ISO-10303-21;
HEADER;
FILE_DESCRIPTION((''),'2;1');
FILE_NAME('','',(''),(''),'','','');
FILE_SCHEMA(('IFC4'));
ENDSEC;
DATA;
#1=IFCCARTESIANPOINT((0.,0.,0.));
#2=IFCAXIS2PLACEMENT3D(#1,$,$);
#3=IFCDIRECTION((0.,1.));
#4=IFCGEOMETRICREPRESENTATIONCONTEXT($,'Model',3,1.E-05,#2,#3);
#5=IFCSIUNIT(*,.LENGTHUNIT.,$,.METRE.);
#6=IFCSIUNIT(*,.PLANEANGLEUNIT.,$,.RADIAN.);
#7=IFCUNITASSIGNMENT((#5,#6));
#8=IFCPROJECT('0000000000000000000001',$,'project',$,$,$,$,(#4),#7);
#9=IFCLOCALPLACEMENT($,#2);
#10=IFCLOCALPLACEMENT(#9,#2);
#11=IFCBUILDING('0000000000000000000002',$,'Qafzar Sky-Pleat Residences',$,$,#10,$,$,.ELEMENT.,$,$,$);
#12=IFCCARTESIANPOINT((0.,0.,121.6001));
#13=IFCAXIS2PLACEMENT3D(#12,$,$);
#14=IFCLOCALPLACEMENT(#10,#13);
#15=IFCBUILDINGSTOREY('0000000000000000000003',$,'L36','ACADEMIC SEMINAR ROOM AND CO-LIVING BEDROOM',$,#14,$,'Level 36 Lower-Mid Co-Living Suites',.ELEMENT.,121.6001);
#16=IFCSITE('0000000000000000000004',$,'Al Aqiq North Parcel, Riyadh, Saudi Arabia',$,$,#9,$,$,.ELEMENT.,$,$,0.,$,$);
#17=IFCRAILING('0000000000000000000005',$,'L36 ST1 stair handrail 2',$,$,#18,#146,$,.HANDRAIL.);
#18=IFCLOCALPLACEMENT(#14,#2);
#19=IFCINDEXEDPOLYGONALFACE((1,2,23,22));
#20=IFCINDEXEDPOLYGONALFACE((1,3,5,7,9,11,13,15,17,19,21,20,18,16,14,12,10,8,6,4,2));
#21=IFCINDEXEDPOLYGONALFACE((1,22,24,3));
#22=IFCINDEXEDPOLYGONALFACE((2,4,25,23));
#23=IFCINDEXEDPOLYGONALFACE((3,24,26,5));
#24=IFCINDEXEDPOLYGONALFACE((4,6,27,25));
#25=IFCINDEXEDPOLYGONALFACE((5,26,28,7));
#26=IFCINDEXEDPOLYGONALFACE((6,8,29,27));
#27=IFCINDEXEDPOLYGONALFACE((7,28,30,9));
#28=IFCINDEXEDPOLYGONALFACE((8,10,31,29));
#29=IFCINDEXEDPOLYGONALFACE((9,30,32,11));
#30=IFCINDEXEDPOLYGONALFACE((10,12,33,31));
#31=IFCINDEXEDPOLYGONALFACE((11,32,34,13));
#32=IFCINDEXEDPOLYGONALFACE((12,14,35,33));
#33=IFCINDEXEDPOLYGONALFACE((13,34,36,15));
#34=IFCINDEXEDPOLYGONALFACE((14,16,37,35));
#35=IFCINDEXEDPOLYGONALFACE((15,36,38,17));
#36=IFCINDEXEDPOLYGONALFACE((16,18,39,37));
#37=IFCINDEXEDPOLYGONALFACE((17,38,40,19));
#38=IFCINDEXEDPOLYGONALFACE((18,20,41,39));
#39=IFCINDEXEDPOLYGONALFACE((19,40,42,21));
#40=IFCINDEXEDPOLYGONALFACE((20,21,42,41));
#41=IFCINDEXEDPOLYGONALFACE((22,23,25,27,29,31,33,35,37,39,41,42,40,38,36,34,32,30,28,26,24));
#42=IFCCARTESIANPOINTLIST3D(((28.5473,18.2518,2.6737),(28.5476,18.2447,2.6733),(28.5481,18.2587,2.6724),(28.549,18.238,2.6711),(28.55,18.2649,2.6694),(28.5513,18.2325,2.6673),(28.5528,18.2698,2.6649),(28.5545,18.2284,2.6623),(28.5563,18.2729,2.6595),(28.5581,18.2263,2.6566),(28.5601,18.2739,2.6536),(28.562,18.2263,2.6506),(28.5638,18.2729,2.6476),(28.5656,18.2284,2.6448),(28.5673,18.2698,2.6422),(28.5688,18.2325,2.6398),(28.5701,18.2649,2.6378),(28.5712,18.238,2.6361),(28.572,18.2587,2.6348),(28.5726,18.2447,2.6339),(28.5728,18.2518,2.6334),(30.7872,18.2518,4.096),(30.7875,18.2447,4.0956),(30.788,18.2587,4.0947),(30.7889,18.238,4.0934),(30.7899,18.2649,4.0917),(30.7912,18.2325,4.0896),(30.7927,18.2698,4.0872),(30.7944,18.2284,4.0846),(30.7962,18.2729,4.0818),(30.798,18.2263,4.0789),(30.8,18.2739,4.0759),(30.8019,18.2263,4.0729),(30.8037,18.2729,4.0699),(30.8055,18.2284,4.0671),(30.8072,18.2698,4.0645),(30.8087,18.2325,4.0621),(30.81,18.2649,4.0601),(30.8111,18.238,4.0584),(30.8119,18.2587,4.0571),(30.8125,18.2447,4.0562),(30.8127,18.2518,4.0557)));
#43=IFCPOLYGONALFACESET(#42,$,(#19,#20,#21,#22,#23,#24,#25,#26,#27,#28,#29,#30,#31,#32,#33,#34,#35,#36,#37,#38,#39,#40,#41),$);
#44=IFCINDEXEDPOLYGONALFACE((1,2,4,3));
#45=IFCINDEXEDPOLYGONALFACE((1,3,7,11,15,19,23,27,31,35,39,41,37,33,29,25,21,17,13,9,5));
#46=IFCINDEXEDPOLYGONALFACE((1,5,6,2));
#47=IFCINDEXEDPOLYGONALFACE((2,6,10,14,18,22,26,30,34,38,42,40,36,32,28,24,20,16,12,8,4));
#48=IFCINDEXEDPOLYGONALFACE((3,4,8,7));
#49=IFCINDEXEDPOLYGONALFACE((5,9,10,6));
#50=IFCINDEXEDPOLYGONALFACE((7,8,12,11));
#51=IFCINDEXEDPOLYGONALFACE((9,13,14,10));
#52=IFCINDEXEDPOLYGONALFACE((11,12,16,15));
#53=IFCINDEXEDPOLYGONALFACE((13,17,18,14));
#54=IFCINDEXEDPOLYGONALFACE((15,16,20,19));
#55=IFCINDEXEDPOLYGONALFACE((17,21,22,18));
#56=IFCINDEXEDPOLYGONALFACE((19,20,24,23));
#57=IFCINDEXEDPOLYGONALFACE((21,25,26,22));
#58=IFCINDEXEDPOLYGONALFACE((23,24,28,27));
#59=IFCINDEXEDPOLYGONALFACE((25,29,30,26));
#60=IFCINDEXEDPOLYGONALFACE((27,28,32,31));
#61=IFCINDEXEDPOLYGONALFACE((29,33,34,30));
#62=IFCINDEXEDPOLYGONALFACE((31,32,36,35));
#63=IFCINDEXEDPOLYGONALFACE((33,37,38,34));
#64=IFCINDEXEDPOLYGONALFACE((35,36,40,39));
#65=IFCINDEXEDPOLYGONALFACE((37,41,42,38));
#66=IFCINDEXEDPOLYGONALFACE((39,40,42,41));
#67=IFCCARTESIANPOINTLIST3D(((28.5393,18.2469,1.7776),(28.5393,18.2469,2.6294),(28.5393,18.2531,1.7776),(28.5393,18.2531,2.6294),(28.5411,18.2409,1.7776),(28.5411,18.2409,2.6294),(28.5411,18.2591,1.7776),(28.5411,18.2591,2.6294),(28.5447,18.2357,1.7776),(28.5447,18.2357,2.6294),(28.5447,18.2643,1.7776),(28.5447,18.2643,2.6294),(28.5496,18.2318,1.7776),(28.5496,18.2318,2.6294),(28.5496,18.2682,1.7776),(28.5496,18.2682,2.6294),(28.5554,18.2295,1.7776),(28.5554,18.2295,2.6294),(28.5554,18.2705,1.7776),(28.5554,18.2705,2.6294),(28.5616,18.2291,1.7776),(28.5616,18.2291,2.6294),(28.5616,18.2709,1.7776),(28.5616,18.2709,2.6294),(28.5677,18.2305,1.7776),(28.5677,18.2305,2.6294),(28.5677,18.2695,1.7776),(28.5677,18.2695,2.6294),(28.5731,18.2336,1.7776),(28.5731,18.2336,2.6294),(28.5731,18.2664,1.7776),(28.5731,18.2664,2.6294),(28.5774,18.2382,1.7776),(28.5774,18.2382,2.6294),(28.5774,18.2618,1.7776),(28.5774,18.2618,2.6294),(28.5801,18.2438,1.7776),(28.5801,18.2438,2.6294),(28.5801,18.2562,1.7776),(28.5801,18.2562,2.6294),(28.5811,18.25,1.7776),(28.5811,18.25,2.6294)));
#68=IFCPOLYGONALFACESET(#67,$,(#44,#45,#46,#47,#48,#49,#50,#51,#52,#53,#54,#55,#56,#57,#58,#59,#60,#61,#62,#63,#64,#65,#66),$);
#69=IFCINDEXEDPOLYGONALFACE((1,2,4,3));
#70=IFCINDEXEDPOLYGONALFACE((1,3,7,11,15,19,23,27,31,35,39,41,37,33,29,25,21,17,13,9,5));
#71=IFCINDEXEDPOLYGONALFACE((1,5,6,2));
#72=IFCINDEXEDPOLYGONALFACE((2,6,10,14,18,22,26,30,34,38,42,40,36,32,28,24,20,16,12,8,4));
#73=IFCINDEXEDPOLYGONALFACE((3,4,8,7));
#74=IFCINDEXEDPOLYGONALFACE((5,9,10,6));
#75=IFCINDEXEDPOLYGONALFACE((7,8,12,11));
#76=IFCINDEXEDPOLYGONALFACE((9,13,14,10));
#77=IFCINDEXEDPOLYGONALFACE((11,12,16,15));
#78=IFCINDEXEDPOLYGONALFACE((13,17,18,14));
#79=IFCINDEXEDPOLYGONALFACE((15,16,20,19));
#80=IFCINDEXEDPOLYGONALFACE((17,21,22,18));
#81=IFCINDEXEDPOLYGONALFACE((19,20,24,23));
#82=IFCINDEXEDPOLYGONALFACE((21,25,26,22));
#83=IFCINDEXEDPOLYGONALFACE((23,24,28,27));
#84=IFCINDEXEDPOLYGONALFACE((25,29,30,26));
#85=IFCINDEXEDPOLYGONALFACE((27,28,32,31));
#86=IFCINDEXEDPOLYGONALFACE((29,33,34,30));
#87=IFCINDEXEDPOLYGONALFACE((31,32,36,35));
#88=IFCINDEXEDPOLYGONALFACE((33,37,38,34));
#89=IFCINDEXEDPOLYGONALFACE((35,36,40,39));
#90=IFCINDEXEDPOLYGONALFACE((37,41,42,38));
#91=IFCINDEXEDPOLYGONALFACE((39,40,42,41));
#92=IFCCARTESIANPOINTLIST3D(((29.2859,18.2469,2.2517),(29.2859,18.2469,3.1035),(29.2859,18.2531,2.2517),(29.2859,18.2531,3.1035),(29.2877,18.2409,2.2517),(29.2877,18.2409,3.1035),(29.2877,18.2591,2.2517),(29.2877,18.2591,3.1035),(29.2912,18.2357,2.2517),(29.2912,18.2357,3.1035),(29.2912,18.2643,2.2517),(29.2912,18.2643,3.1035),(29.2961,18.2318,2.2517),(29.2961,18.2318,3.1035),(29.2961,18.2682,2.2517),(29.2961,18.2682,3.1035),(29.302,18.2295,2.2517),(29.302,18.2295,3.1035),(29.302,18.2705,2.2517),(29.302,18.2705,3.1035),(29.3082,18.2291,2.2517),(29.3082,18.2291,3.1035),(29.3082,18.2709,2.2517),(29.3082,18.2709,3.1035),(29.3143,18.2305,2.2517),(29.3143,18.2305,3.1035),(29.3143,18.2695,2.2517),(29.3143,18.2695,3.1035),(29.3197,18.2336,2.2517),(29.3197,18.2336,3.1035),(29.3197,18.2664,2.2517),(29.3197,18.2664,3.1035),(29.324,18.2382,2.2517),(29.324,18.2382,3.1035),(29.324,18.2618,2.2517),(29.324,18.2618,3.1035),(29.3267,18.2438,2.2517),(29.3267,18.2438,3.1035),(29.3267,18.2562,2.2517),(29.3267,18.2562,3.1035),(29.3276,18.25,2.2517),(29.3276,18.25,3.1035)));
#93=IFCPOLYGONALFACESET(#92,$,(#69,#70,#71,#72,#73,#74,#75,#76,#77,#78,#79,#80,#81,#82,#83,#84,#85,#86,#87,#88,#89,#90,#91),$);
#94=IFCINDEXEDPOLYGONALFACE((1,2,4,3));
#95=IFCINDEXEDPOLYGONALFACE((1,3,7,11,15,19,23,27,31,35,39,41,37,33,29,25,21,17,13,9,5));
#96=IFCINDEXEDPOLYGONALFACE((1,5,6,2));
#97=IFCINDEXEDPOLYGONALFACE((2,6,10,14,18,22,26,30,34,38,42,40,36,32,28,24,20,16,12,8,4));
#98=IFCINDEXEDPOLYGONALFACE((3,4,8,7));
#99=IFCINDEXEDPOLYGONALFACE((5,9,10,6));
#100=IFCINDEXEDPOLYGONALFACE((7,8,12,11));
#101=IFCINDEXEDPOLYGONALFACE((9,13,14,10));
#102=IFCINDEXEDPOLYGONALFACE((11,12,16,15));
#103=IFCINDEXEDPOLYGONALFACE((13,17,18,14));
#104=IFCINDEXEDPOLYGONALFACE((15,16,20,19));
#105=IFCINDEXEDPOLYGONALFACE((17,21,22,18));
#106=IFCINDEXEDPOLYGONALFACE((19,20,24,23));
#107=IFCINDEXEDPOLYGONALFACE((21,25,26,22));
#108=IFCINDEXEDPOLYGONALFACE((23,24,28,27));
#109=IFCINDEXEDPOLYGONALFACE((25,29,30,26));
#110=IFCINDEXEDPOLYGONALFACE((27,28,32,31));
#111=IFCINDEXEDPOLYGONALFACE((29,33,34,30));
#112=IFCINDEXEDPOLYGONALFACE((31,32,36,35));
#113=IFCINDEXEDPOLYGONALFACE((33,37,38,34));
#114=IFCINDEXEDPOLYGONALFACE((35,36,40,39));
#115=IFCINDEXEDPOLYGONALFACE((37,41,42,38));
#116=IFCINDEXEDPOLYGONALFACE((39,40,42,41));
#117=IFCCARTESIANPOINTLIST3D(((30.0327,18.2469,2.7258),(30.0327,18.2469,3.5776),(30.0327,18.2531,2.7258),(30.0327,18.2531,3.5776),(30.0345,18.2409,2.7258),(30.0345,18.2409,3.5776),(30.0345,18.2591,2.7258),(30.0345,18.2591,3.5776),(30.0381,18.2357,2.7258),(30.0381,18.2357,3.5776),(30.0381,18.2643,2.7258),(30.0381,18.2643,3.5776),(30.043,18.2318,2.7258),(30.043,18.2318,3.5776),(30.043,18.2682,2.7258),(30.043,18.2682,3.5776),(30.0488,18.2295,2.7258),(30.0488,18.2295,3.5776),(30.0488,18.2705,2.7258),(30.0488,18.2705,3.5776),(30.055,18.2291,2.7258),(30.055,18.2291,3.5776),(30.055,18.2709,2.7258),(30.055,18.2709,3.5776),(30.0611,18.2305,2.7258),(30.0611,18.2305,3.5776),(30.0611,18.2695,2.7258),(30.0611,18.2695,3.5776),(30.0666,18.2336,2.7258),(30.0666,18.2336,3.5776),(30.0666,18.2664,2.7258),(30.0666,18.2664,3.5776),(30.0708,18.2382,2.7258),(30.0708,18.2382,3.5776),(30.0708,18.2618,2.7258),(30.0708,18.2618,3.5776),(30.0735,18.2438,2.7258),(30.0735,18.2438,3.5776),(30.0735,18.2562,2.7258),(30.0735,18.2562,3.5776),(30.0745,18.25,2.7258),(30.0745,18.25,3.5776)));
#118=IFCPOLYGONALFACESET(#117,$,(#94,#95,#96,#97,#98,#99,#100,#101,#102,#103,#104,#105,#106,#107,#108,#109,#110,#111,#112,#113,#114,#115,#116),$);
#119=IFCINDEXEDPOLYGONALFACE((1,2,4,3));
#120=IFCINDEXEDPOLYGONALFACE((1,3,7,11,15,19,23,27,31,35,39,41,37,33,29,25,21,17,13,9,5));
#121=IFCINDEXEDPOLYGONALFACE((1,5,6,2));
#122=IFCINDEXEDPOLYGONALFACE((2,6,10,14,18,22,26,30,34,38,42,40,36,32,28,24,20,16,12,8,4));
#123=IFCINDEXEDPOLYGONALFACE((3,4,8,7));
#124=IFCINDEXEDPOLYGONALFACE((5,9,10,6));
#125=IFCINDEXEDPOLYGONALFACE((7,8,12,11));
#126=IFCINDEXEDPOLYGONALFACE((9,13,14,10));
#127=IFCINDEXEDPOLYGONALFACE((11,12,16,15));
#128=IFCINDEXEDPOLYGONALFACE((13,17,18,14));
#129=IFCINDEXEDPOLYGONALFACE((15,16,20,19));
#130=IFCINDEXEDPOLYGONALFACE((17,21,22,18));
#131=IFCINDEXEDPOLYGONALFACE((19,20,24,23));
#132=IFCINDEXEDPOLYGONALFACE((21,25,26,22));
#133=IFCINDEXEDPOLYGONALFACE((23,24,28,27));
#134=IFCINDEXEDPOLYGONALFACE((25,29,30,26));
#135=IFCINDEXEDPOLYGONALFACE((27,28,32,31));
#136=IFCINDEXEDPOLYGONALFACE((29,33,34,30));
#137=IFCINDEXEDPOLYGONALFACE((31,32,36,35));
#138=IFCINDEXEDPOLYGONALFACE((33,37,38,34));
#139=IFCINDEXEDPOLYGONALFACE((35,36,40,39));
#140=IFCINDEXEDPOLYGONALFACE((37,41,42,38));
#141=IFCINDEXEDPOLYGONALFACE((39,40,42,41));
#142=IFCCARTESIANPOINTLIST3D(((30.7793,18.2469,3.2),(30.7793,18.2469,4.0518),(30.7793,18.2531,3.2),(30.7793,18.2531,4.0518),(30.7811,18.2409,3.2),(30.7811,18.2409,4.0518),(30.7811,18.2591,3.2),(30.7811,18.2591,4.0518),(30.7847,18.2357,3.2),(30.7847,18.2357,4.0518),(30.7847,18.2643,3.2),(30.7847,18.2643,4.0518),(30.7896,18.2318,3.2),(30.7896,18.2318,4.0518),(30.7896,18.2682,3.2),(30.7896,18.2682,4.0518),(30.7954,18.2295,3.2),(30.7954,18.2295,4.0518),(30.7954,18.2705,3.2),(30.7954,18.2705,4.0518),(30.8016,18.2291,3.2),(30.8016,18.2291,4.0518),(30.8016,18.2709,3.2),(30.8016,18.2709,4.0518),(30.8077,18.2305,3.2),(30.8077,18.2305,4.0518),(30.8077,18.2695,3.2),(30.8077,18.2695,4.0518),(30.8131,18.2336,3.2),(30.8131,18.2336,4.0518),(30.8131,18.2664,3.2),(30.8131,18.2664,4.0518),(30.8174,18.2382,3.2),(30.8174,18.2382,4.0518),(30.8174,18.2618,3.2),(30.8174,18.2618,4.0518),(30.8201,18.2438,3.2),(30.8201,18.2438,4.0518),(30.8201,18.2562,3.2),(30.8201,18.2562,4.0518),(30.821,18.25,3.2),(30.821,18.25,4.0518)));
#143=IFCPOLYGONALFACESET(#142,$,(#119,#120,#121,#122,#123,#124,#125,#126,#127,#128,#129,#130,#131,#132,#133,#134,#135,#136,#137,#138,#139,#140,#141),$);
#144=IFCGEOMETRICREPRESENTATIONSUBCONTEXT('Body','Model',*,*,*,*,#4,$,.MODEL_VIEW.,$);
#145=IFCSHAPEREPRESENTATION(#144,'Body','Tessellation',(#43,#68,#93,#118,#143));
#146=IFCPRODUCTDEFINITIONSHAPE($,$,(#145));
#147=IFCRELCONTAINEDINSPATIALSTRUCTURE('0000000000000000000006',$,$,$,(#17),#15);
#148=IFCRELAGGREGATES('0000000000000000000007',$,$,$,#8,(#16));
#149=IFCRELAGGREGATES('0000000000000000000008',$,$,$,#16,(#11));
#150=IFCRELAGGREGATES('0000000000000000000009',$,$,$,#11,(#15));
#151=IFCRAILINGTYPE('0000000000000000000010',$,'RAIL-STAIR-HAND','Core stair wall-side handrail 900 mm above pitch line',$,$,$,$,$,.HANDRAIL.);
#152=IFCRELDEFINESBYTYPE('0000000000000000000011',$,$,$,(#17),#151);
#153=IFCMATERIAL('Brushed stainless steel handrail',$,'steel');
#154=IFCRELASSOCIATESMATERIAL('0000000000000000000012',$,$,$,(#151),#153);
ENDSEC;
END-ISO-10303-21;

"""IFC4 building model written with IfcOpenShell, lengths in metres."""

from ifc_helpers import new_model, si_unit, direction, frame, origin, origin_2d, place, context, subcontext, project, spatial, circle, extrude, source, transform, mapped, material, type_object, element, save


model = new_model("IFC4")

# Units and contexts
model_context = context("Model", 3, precision=1e-05, world=origin(), true_north=direction((0.0, 1.0)))
body_context = subcontext(model_context, "Body", "Model", "MODEL_VIEW")
ifc_project = project(units=[si_unit("LENGTHUNIT", "METRE"), si_unit("PLANEANGLEUNIT", "RADIAN")], contexts=[model_context])

# Site, building, storey
site_placement = place(None, origin())
site = spatial("IfcSite", under=ifc_project, at=site_placement, Name="Al Aqiq North Parcel, Riyadh, Saudi Arabia", CompositionType="ELEMENT", RefElevation=0.0)
building_placement = place(site_placement, origin())
building = spatial("IfcBuilding", under=site, at=building_placement, Name="Qafzar Sky-Pleat Residences", CompositionType="ELEMENT")
storey_placement = place(building_placement, frame((0.0, 0.0, 121.6001)))
storey = spatial("IfcBuildingStorey", under=building, at=storey_placement, Name="L36", Description="ACADEMIC SEMINAR ROOM AND CO-LIVING BEDROOM", LongName="Level 36 Lower-Mid Co-Living Suites", CompositionType="ELEMENT", Elevation=121.6001)

# Railing
ifc_material_1 = material(Name="Brushed stainless steel handrail", Category="steel")
railing_type_1 = type_object("IfcRailingType", Name="RAIL-STAIR-HAND", Description="Core stair wall-side handrail 900 mm above pitch line", PredefinedType="HANDRAIL", material=ifc_material_1)
shared_shape_1 = source(origin(), body_context, "Body", "SweptSolid", [
    extrude(circle(Radius=0.0239, at=origin_2d()), frame((0.0, 0.0, 0.876), z_axis=(0.844188, 0.0, 0.536048), x_axis=(0.0, 1.0, 0.0)), (0.0, 0.0, 1.0), 2.6533),
    extrude(circle(Radius=0.021, at=origin_2d()), origin(), (0.0, 0.0, 1.0), 0.8518),
    extrude(circle(Radius=0.021, at=origin_2d()), frame((0.7466, 0.0, 0.4741)), (0.0, 0.0, 1.0), 0.8518),
    extrude(circle(Radius=0.021, at=origin_2d()), frame((1.4934, 0.0, 0.9482)), (0.0, 0.0, 1.0), 0.8518),
    extrude(circle(Radius=0.021, at=origin_2d()), frame((2.24, 0.0, 1.4224)), (0.0, 0.0, 1.0), 0.8518),
])
for number, where, name in (
    (1, (28.5601, 18.25, 1.7776), "L36 ST1 stair handrail 2"),
):
    element("IfcRailing", number, at=place(storey_placement, frame(where)), inside=storey, type_object=railing_type_1, Name=name, PredefinedType="HANDRAIL", context=body_context, shape_type="MappedRepresentation", body=[
        mapped(shared_shape_1, transform((0.0, 0.0, 0.0), x_axis=(1.0, 0.0, 0.0), y_axis=(0.0, 1.0, 0.0), z_axis=(0.0, 0.0, 1.0), scale=1.0)),
    ])

save(model, "model.ifc")
